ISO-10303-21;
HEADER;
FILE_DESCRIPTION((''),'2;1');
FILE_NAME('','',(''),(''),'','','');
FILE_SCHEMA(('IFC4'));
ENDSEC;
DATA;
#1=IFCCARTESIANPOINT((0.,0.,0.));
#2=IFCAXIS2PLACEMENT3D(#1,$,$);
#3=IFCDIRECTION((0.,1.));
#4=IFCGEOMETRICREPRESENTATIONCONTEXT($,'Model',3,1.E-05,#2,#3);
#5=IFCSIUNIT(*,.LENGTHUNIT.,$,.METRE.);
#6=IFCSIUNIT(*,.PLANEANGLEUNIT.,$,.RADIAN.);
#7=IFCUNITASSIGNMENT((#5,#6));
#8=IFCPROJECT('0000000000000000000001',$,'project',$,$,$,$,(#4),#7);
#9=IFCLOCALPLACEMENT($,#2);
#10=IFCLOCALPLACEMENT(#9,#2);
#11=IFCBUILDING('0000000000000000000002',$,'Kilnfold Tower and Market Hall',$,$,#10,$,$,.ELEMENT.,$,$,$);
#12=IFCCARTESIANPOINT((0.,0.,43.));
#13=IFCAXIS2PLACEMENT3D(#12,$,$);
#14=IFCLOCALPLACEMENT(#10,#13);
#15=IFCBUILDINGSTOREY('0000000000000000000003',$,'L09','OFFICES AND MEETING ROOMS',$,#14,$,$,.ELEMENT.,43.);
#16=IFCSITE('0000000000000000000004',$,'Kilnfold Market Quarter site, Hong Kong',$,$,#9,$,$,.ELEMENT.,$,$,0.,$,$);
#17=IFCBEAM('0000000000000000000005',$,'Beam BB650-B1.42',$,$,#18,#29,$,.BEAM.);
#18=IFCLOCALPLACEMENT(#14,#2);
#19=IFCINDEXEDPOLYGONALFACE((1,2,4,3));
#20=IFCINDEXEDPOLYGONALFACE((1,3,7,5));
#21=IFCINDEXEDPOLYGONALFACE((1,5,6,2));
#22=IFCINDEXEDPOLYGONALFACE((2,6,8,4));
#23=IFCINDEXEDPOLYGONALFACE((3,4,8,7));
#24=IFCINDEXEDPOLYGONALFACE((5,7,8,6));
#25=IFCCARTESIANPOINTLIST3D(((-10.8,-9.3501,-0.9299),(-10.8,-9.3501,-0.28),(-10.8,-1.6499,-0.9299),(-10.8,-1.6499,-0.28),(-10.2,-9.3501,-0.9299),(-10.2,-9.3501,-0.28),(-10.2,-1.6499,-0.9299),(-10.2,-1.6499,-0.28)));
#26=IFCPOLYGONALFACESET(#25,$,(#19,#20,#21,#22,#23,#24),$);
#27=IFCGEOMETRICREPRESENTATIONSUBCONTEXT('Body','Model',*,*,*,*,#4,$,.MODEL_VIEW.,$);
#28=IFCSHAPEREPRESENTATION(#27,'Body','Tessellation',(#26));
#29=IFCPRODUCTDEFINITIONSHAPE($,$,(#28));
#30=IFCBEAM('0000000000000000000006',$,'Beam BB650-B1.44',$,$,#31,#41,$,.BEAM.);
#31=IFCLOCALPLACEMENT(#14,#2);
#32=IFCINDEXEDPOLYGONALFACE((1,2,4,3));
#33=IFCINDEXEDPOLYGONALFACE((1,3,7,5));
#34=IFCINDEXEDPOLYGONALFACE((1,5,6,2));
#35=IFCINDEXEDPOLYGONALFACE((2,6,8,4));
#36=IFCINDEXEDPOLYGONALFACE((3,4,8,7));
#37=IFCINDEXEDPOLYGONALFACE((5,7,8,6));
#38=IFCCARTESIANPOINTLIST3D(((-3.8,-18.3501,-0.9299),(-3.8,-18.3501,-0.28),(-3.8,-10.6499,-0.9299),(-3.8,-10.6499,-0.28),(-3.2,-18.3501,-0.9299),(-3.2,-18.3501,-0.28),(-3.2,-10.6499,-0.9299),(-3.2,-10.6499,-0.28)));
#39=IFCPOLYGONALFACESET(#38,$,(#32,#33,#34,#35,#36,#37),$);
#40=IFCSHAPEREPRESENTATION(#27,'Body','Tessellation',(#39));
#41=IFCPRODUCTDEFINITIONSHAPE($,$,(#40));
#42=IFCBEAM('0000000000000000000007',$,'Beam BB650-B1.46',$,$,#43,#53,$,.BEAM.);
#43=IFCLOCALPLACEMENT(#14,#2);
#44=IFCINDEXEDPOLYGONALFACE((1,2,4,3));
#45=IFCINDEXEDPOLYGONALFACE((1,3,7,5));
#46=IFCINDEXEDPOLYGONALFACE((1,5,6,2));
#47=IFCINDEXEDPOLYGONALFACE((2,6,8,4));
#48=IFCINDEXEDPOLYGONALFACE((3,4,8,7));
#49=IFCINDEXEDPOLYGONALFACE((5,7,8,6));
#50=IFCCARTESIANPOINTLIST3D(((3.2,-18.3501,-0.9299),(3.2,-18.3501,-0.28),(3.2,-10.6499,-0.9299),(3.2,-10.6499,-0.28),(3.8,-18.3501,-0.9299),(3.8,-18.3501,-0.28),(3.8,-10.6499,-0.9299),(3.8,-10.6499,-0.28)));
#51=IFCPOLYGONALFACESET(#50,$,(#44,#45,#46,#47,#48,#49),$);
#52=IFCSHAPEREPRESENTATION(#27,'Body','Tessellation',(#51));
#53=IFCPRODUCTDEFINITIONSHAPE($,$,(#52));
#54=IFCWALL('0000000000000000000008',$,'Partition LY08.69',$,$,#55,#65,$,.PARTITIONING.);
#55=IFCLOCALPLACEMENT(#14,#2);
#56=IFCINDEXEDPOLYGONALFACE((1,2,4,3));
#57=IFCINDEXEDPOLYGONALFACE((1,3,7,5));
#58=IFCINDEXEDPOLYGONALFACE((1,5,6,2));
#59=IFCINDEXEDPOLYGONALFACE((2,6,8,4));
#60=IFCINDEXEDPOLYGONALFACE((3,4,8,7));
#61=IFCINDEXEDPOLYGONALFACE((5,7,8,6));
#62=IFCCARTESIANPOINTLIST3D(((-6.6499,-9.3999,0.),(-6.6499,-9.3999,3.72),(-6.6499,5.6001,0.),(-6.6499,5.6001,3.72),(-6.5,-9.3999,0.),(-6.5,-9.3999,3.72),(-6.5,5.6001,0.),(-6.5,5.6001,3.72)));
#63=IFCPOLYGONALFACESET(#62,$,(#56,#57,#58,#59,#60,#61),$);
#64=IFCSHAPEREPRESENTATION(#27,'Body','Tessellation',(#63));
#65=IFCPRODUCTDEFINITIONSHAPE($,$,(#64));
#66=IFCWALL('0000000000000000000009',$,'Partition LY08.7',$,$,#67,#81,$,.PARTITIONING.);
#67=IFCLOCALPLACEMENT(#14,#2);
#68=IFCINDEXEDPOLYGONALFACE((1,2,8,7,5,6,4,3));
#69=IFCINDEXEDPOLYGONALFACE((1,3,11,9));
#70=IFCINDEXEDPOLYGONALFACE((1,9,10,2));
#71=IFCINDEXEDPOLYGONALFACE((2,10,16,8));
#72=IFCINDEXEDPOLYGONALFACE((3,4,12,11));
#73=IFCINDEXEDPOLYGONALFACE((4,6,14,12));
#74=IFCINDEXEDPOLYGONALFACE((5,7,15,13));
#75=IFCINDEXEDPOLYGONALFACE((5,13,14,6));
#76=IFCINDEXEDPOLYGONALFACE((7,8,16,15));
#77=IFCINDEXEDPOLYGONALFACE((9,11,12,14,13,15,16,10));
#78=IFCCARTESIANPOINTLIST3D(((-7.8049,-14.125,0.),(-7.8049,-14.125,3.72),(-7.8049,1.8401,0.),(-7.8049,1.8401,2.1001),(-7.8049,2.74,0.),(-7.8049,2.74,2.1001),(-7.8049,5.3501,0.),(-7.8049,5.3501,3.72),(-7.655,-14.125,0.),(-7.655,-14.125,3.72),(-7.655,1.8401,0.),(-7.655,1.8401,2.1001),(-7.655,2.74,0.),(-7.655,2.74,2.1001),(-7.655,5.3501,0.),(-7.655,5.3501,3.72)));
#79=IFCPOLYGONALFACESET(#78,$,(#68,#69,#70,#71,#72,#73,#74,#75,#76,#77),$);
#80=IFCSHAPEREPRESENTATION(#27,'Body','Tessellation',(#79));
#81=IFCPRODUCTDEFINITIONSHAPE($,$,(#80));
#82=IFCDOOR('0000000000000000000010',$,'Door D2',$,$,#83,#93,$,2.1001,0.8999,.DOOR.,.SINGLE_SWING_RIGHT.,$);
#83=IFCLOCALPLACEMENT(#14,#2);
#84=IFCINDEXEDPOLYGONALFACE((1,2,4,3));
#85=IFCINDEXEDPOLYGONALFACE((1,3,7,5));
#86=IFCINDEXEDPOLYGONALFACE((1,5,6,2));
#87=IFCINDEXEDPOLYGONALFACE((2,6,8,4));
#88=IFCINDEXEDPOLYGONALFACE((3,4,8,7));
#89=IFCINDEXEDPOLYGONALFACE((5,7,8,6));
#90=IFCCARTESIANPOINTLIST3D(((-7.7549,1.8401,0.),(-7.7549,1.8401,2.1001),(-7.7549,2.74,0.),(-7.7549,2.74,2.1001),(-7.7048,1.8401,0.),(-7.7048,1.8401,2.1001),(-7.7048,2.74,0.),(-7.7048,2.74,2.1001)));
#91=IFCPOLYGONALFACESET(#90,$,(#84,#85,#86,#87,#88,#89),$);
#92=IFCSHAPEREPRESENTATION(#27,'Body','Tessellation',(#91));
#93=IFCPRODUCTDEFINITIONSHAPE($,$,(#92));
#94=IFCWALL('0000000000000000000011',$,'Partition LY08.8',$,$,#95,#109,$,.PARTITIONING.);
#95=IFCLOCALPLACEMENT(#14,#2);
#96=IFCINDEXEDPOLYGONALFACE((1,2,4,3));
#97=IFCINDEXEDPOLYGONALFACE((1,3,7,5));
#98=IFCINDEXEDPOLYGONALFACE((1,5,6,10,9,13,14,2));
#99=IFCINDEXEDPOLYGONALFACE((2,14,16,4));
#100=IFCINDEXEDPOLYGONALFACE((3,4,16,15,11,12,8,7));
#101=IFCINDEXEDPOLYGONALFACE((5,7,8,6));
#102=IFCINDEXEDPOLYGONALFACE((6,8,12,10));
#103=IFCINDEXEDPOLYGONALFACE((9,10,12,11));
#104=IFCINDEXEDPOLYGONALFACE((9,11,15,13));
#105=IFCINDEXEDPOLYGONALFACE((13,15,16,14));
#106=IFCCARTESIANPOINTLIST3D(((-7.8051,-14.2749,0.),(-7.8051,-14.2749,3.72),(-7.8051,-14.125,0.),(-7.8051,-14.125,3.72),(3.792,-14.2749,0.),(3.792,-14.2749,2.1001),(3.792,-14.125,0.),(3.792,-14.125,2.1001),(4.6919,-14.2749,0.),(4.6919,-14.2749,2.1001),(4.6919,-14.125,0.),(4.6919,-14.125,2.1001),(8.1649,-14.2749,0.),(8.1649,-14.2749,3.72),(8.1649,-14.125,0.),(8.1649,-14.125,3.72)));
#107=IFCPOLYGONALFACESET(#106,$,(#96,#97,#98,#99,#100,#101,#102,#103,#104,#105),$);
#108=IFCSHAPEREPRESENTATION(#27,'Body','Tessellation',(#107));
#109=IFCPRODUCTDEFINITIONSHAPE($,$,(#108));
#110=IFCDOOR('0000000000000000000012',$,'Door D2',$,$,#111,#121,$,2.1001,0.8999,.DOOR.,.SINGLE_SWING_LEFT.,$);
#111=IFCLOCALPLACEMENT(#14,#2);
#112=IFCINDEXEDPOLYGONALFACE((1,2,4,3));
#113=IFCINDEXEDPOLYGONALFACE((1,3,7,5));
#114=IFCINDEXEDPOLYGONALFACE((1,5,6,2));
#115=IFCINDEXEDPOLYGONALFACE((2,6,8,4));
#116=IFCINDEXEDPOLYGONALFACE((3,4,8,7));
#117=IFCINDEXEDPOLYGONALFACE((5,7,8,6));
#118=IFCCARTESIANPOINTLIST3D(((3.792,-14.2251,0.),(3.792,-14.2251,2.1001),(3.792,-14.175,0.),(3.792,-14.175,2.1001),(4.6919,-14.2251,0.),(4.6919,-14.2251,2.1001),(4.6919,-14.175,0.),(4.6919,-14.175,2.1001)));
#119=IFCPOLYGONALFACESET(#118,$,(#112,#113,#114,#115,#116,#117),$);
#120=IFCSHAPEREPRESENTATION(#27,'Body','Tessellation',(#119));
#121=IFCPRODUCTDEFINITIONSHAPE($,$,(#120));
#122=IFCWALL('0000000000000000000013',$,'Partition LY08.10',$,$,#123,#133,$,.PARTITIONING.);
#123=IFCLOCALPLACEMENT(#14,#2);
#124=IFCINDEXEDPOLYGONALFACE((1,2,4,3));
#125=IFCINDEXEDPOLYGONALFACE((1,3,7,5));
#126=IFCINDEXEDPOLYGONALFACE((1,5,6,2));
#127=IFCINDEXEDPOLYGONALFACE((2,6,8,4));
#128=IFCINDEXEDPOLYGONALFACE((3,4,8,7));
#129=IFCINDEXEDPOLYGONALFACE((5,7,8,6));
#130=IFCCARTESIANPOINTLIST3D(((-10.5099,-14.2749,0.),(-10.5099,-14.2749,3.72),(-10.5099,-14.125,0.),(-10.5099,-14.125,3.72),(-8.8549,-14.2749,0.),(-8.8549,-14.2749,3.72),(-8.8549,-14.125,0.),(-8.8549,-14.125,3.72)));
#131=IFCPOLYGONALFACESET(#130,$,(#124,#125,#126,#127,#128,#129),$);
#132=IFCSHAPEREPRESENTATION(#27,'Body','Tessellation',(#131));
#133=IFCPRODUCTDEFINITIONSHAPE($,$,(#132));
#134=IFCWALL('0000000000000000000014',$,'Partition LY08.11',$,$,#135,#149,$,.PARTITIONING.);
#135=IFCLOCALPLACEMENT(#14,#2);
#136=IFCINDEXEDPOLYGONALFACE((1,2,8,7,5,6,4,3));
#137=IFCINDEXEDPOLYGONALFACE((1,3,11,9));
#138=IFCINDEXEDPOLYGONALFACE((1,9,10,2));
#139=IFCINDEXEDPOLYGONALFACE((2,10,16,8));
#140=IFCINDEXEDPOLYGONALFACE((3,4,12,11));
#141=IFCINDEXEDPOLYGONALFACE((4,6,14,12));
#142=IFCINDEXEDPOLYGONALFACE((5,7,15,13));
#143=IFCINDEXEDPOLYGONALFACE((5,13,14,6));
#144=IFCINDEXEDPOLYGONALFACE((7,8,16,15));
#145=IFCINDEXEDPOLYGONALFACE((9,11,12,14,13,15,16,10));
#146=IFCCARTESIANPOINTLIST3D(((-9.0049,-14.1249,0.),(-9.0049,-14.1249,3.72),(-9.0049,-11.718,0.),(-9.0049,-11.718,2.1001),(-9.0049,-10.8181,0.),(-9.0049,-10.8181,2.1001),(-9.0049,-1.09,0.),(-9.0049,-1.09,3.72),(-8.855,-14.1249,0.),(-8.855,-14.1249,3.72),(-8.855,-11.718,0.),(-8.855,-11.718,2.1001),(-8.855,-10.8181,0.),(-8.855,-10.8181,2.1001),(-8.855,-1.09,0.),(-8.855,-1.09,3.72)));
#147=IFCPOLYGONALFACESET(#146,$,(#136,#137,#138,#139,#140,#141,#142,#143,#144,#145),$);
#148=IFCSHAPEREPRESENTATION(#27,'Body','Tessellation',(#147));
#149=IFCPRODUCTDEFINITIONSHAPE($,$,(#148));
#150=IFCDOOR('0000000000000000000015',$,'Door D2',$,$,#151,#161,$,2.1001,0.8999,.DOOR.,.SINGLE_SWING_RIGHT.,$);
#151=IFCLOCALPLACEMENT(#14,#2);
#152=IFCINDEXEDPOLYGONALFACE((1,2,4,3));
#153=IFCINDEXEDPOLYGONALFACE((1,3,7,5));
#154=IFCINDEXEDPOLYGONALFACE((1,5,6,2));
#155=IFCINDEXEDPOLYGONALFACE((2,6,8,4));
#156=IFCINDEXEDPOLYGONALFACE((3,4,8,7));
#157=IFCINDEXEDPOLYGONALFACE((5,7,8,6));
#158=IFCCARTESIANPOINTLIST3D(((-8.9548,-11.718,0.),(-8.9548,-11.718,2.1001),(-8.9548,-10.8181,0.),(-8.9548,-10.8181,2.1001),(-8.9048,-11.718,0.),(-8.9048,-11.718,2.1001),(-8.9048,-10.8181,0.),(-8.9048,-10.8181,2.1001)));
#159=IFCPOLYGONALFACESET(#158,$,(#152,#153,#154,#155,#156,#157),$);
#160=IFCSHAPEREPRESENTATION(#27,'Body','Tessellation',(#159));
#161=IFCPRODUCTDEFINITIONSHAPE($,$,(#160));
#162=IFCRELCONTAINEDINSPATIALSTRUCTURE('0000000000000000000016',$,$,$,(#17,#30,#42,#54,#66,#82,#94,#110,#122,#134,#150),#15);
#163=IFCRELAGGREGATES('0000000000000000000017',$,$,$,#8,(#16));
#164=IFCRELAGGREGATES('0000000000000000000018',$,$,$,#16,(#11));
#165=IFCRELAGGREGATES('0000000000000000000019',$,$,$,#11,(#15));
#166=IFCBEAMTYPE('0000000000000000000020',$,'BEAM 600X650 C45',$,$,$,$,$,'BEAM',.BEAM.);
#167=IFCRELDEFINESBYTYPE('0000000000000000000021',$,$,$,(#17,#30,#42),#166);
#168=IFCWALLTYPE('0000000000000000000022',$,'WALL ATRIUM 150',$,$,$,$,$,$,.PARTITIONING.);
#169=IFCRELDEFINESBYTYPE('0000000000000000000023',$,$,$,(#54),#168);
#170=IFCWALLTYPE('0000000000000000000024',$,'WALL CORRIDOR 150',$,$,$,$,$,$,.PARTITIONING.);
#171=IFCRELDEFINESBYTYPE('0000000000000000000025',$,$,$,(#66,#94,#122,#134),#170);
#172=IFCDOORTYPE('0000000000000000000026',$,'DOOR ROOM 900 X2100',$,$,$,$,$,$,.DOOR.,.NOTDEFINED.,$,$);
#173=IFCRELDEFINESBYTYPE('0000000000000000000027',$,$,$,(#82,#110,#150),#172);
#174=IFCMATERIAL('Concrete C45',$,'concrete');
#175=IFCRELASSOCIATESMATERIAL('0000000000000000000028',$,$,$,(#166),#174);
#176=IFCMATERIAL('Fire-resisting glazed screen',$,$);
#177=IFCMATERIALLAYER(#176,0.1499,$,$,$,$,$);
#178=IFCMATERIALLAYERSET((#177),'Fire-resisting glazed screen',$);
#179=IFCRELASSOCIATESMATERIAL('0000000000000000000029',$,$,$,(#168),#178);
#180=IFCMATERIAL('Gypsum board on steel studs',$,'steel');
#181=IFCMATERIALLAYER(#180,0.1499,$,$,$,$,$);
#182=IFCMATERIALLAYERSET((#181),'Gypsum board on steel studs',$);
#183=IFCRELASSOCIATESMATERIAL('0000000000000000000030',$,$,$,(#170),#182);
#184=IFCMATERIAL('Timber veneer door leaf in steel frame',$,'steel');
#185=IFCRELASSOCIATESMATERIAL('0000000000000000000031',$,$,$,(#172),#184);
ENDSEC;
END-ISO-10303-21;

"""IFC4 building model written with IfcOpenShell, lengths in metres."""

from ifc_helpers import new_model, si_unit, direction, frame, frame_2d, origin, origin_2d, place, context, subcontext, project, spatial, rectangle, extrude, source, transform, mapped, material, layer, layer_set, material_profile, profile_set, type_object, element, fill, save


model = new_model("IFC4")

# Units and contexts
model_context = context("Model", 3, precision=1e-05, world=origin(), true_north=direction((0.0, 1.0)))
body_context = subcontext(model_context, "Body", "Model", "MODEL_VIEW")
ifc_project = project(units=[si_unit("LENGTHUNIT", "METRE"), si_unit("PLANEANGLEUNIT", "RADIAN")], contexts=[model_context])

# Site, building, storey
site_placement = place(None, origin())
site = spatial("IfcSite", under=ifc_project, at=site_placement, Name="Kilnfold Market Quarter site, Hong Kong", CompositionType="ELEMENT", RefElevation=0.0)
building_placement = place(site_placement, origin())
building = spatial("IfcBuilding", under=site, at=building_placement, Name="Kilnfold Tower and Market Hall", CompositionType="ELEMENT")
storey_placement = place(building_placement, frame((0.0, 0.0, 43.0)))
storey = spatial("IfcBuildingStorey", under=building, at=storey_placement, Name="L09", Description="OFFICES AND MEETING ROOMS", CompositionType="ELEMENT", Elevation=43.0)

# Beams
ifc_material_1 = material(Name="Concrete C45", Category="concrete")
ifc_material_profile_1 = material_profile(ifc_material_1, rectangle(XDim=0.6001, YDim=0.6499, at=origin_2d()), Name="RC 600x650")
ifc_profile_set_1 = profile_set([ifc_material_profile_1], Name="Concrete C45")
beam_type_1 = type_object("IfcBeamType", Name="BEAM 600X650 C45", ElementType="BEAM", PredefinedType="BEAM", material=ifc_profile_set_1)
shared_shape_1 = source(origin(), body_context, "Body", "SweptSolid", [
    extrude(rectangle(XDim=0.6001, YDim=0.6499, at=origin_2d()), origin(), (0.0, 0.0, 1.0), 7.7002),
])
for number, where, z_axis, x_axis, name in (
    (1, (-10.5, -9.3501, -0.605), (0.0, 1.0, 0.0), (-1.0, 0.0, 0.0), "Beam BB650-B1.42"),
    (2, (-3.5, -18.3501, -0.605), (0.0, 1.0, 0.0), (-1.0, 0.0, 0.0), "Beam BB650-B1.44"),
    (3, (3.5, -18.3501, -0.605), (0.0, 1.0, 0.0), (-1.0, 0.0, 0.0), "Beam BB650-B1.46"),
):
    element("IfcBeam", number, at=place(storey_placement, frame(where, z_axis=z_axis, x_axis=x_axis)), inside=storey, type_object=beam_type_1, Name=name, PredefinedType="BEAM", context=body_context, shape_type="MappedRepresentation", body=[
        mapped(shared_shape_1, transform((0.0, 0.0, 0.0))),
    ])

# Wall
ifc_material_2 = material(Name="Fire-resisting glazed screen")
ifc_layer_1 = layer(ifc_material_2, 0.1499)
ifc_layer_set_1 = layer_set([ifc_layer_1], Name="Fire-resisting glazed screen")
wall_type_1 = type_object("IfcWallType", Name="WALL ATRIUM 150", PredefinedType="PARTITIONING", material=ifc_layer_set_1)
wall_1_placement = place(storey_placement, frame((-6.575, -9.3999, 0.0), z_axis=(0.0, 0.0, 1.0), x_axis=(0.0, 1.0, 0.0)))
element("IfcWall", 4, at=wall_1_placement, inside=storey, type_object=wall_type_1, Name="Partition LY08.69", PredefinedType="PARTITIONING", context=body_context, shape_type="SweptSolid", body=[
    extrude(rectangle(XDim=15.0, YDim=0.1499, at=frame_2d((7.5, 0.0))), origin(), (0.0, 0.0, 1.0), 3.72),
])

# Walls, openings, doors
ifc_material_3 = material(Name="Gypsum board on steel studs", Category="steel")
ifc_layer_2 = layer(ifc_material_3, 0.1499)
ifc_layer_set_2 = layer_set([ifc_layer_2], Name="Gypsum board on steel studs")
wall_type_2 = type_object("IfcWallType", Name="WALL CORRIDOR 150", PredefinedType="PARTITIONING", material=ifc_layer_set_2)
wall_2_placement = place(storey_placement, frame((-7.73, -14.125, 0.0), z_axis=(0.0, 0.0, 1.0), x_axis=(0.0, 1.0, 0.0)))
wall_2 = element("IfcWall", 5, at=wall_2_placement, inside=storey, type_object=wall_type_2, Name="Partition LY08.7", PredefinedType="PARTITIONING", context=body_context, shape_type="SweptSolid", body=[
    extrude(rectangle(XDim=19.4751, YDim=0.1499, at=frame_2d((9.7375, 0.0))), origin(), (0.0, 0.0, 1.0), 3.72),
])
opening_1_placement = place(wall_2_placement, frame((15.9651, 0.0, 0.0)))
opening_1 = element("IfcOpeningElement", 6, at=opening_1_placement, cuts=wall_2, PredefinedType="OPENING", context=body_context, shape_type="SweptSolid", body=[
    extrude(rectangle(XDim=0.8999, YDim=2.1001, at=frame_2d((0.45, 1.05))), frame((0.0, 0.085, 0.0), z_axis=(0.0, -1.0, 0.0), x_axis=(1.0, 0.0, 0.0)), (0.0, 0.0, 1.0), 0.1699),
])
ifc_material_4 = material(Name="Timber veneer door leaf in steel frame", Category="steel")
door_type_1 = type_object("IfcDoorType", Name="DOOR ROOM 900 X2100", OperationType="NOTDEFINED", PredefinedType="DOOR", material=ifc_material_4)
door_1_placement = place(opening_1_placement, origin())
door_1 = element("IfcDoor", 7, at=door_1_placement, inside=storey, type_object=door_type_1, Name="Door D2", OperationType="SINGLE_SWING_RIGHT", OverallHeight=2.1001, OverallWidth=0.8999, PredefinedType="DOOR", context=body_context, shape_type="SweptSolid", body=[
    extrude(rectangle(XDim=0.8999, YDim=2.1001, at=frame_2d((0.45, 1.05))), frame((0.0, 0.0249, 0.0), z_axis=(0.0, -1.0, 0.0), x_axis=(1.0, 0.0, 0.0)), (0.0, 0.0, 1.0), 0.05),
])
fill(opening_1, door_1)
wall_3_placement = place(storey_placement, frame((-7.8049, -14.2, 0.0), z_axis=(0.0, 0.0, 1.0), x_axis=(1.0, 0.0, 0.0)))
wall_3 = element("IfcWall", 8, at=wall_3_placement, inside=storey, type_object=wall_type_2, Name="Partition LY08.8", PredefinedType="PARTITIONING", context=body_context, shape_type="SweptSolid", body=[
    extrude(rectangle(XDim=15.97, YDim=0.1499, at=frame_2d((7.9849, 0.0))), origin(), (0.0, 0.0, 1.0), 3.72),
])
opening_2_placement = place(wall_3_placement, frame((11.5969, 0.0, 0.0)))
opening_2 = element("IfcOpeningElement", 9, at=opening_2_placement, cuts=wall_3, PredefinedType="OPENING", context=body_context, shape_type="SweptSolid", body=[
    extrude(rectangle(XDim=0.8999, YDim=2.1001, at=frame_2d((0.45, 1.05))), frame((0.0, 0.085, 0.0), z_axis=(0.0, -1.0, 0.0), x_axis=(1.0, 0.0, 0.0)), (0.0, 0.0, 1.0), 0.1699),
])
door_2_placement = place(opening_2_placement, origin())
door_2 = element("IfcDoor", 10, at=door_2_placement, inside=storey, type_object=door_type_1, Name="Door D2", OperationType="SINGLE_SWING_LEFT", OverallHeight=2.1001, OverallWidth=0.8999, PredefinedType="DOOR", context=body_context, shape_type="SweptSolid", body=[
    extrude(rectangle(XDim=0.8999, YDim=2.1001, at=frame_2d((0.45, 1.05))), frame((0.0, 0.0249, 0.0), z_axis=(0.0, -1.0, 0.0), x_axis=(1.0, 0.0, 0.0)), (0.0, 0.0, 1.0), 0.05),
])
fill(opening_2, door_2)

# Wall
wall_4_placement = place(storey_placement, frame((-10.51, -14.2, 0.0), z_axis=(0.0, 0.0, 1.0), x_axis=(1.0, 0.0, 0.0)))
element("IfcWall", 11, at=wall_4_placement, inside=storey, type_object=wall_type_2, Name="Partition LY08.10", PredefinedType="PARTITIONING", context=body_context, shape_type="SweptSolid", body=[
    extrude(rectangle(XDim=1.655, YDim=0.1499, at=frame_2d((0.8276, 0.0))), origin(), (0.0, 0.0, 1.0), 3.72),
])

# Wall, opening, door
wall_5_placement = place(storey_placement, frame((-8.9299, -14.125, 0.0), z_axis=(0.0, 0.0, 1.0), x_axis=(0.0, 1.0, 0.0)))
wall_5 = element("IfcWall", 12, at=wall_5_placement, inside=storey, type_object=wall_type_2, Name="Partition LY08.11", PredefinedType="PARTITIONING", context=body_context, shape_type="SweptSolid", body=[
    extrude(rectangle(XDim=13.0349, YDim=0.1499, at=frame_2d((6.5176, 0.0))), origin(), (0.0, 0.0, 1.0), 3.72),
])
opening_3_placement = place(wall_5_placement, frame((2.407, 0.0, 0.0)))
opening_3 = element("IfcOpeningElement", 13, at=opening_3_placement, cuts=wall_5, PredefinedType="OPENING", context=body_context, shape_type="SweptSolid", body=[
    extrude(rectangle(XDim=0.8999, YDim=2.1001, at=frame_2d((0.45, 1.05))), frame((0.0, 0.085, 0.0), z_axis=(0.0, -1.0, 0.0), x_axis=(1.0, 0.0, 0.0)), (0.0, 0.0, 1.0), 0.1699),
])
door_3_placement = place(opening_3_placement, origin())
door_3 = element("IfcDoor", 14, at=door_3_placement, inside=storey, type_object=door_type_1, Name="Door D2", OperationType="SINGLE_SWING_RIGHT", OverallHeight=2.1001, OverallWidth=0.8999, PredefinedType="DOOR", context=body_context, shape_type="SweptSolid", body=[
    extrude(rectangle(XDim=0.8999, YDim=2.1001, at=frame_2d((0.45, 1.05))), frame((0.0, 0.0249, 0.0), z_axis=(0.0, -1.0, 0.0), x_axis=(1.0, 0.0, 0.0)), (0.0, 0.0, 1.0), 0.05),
])
fill(opening_3, door_3)

save(model, "model.ifc")
